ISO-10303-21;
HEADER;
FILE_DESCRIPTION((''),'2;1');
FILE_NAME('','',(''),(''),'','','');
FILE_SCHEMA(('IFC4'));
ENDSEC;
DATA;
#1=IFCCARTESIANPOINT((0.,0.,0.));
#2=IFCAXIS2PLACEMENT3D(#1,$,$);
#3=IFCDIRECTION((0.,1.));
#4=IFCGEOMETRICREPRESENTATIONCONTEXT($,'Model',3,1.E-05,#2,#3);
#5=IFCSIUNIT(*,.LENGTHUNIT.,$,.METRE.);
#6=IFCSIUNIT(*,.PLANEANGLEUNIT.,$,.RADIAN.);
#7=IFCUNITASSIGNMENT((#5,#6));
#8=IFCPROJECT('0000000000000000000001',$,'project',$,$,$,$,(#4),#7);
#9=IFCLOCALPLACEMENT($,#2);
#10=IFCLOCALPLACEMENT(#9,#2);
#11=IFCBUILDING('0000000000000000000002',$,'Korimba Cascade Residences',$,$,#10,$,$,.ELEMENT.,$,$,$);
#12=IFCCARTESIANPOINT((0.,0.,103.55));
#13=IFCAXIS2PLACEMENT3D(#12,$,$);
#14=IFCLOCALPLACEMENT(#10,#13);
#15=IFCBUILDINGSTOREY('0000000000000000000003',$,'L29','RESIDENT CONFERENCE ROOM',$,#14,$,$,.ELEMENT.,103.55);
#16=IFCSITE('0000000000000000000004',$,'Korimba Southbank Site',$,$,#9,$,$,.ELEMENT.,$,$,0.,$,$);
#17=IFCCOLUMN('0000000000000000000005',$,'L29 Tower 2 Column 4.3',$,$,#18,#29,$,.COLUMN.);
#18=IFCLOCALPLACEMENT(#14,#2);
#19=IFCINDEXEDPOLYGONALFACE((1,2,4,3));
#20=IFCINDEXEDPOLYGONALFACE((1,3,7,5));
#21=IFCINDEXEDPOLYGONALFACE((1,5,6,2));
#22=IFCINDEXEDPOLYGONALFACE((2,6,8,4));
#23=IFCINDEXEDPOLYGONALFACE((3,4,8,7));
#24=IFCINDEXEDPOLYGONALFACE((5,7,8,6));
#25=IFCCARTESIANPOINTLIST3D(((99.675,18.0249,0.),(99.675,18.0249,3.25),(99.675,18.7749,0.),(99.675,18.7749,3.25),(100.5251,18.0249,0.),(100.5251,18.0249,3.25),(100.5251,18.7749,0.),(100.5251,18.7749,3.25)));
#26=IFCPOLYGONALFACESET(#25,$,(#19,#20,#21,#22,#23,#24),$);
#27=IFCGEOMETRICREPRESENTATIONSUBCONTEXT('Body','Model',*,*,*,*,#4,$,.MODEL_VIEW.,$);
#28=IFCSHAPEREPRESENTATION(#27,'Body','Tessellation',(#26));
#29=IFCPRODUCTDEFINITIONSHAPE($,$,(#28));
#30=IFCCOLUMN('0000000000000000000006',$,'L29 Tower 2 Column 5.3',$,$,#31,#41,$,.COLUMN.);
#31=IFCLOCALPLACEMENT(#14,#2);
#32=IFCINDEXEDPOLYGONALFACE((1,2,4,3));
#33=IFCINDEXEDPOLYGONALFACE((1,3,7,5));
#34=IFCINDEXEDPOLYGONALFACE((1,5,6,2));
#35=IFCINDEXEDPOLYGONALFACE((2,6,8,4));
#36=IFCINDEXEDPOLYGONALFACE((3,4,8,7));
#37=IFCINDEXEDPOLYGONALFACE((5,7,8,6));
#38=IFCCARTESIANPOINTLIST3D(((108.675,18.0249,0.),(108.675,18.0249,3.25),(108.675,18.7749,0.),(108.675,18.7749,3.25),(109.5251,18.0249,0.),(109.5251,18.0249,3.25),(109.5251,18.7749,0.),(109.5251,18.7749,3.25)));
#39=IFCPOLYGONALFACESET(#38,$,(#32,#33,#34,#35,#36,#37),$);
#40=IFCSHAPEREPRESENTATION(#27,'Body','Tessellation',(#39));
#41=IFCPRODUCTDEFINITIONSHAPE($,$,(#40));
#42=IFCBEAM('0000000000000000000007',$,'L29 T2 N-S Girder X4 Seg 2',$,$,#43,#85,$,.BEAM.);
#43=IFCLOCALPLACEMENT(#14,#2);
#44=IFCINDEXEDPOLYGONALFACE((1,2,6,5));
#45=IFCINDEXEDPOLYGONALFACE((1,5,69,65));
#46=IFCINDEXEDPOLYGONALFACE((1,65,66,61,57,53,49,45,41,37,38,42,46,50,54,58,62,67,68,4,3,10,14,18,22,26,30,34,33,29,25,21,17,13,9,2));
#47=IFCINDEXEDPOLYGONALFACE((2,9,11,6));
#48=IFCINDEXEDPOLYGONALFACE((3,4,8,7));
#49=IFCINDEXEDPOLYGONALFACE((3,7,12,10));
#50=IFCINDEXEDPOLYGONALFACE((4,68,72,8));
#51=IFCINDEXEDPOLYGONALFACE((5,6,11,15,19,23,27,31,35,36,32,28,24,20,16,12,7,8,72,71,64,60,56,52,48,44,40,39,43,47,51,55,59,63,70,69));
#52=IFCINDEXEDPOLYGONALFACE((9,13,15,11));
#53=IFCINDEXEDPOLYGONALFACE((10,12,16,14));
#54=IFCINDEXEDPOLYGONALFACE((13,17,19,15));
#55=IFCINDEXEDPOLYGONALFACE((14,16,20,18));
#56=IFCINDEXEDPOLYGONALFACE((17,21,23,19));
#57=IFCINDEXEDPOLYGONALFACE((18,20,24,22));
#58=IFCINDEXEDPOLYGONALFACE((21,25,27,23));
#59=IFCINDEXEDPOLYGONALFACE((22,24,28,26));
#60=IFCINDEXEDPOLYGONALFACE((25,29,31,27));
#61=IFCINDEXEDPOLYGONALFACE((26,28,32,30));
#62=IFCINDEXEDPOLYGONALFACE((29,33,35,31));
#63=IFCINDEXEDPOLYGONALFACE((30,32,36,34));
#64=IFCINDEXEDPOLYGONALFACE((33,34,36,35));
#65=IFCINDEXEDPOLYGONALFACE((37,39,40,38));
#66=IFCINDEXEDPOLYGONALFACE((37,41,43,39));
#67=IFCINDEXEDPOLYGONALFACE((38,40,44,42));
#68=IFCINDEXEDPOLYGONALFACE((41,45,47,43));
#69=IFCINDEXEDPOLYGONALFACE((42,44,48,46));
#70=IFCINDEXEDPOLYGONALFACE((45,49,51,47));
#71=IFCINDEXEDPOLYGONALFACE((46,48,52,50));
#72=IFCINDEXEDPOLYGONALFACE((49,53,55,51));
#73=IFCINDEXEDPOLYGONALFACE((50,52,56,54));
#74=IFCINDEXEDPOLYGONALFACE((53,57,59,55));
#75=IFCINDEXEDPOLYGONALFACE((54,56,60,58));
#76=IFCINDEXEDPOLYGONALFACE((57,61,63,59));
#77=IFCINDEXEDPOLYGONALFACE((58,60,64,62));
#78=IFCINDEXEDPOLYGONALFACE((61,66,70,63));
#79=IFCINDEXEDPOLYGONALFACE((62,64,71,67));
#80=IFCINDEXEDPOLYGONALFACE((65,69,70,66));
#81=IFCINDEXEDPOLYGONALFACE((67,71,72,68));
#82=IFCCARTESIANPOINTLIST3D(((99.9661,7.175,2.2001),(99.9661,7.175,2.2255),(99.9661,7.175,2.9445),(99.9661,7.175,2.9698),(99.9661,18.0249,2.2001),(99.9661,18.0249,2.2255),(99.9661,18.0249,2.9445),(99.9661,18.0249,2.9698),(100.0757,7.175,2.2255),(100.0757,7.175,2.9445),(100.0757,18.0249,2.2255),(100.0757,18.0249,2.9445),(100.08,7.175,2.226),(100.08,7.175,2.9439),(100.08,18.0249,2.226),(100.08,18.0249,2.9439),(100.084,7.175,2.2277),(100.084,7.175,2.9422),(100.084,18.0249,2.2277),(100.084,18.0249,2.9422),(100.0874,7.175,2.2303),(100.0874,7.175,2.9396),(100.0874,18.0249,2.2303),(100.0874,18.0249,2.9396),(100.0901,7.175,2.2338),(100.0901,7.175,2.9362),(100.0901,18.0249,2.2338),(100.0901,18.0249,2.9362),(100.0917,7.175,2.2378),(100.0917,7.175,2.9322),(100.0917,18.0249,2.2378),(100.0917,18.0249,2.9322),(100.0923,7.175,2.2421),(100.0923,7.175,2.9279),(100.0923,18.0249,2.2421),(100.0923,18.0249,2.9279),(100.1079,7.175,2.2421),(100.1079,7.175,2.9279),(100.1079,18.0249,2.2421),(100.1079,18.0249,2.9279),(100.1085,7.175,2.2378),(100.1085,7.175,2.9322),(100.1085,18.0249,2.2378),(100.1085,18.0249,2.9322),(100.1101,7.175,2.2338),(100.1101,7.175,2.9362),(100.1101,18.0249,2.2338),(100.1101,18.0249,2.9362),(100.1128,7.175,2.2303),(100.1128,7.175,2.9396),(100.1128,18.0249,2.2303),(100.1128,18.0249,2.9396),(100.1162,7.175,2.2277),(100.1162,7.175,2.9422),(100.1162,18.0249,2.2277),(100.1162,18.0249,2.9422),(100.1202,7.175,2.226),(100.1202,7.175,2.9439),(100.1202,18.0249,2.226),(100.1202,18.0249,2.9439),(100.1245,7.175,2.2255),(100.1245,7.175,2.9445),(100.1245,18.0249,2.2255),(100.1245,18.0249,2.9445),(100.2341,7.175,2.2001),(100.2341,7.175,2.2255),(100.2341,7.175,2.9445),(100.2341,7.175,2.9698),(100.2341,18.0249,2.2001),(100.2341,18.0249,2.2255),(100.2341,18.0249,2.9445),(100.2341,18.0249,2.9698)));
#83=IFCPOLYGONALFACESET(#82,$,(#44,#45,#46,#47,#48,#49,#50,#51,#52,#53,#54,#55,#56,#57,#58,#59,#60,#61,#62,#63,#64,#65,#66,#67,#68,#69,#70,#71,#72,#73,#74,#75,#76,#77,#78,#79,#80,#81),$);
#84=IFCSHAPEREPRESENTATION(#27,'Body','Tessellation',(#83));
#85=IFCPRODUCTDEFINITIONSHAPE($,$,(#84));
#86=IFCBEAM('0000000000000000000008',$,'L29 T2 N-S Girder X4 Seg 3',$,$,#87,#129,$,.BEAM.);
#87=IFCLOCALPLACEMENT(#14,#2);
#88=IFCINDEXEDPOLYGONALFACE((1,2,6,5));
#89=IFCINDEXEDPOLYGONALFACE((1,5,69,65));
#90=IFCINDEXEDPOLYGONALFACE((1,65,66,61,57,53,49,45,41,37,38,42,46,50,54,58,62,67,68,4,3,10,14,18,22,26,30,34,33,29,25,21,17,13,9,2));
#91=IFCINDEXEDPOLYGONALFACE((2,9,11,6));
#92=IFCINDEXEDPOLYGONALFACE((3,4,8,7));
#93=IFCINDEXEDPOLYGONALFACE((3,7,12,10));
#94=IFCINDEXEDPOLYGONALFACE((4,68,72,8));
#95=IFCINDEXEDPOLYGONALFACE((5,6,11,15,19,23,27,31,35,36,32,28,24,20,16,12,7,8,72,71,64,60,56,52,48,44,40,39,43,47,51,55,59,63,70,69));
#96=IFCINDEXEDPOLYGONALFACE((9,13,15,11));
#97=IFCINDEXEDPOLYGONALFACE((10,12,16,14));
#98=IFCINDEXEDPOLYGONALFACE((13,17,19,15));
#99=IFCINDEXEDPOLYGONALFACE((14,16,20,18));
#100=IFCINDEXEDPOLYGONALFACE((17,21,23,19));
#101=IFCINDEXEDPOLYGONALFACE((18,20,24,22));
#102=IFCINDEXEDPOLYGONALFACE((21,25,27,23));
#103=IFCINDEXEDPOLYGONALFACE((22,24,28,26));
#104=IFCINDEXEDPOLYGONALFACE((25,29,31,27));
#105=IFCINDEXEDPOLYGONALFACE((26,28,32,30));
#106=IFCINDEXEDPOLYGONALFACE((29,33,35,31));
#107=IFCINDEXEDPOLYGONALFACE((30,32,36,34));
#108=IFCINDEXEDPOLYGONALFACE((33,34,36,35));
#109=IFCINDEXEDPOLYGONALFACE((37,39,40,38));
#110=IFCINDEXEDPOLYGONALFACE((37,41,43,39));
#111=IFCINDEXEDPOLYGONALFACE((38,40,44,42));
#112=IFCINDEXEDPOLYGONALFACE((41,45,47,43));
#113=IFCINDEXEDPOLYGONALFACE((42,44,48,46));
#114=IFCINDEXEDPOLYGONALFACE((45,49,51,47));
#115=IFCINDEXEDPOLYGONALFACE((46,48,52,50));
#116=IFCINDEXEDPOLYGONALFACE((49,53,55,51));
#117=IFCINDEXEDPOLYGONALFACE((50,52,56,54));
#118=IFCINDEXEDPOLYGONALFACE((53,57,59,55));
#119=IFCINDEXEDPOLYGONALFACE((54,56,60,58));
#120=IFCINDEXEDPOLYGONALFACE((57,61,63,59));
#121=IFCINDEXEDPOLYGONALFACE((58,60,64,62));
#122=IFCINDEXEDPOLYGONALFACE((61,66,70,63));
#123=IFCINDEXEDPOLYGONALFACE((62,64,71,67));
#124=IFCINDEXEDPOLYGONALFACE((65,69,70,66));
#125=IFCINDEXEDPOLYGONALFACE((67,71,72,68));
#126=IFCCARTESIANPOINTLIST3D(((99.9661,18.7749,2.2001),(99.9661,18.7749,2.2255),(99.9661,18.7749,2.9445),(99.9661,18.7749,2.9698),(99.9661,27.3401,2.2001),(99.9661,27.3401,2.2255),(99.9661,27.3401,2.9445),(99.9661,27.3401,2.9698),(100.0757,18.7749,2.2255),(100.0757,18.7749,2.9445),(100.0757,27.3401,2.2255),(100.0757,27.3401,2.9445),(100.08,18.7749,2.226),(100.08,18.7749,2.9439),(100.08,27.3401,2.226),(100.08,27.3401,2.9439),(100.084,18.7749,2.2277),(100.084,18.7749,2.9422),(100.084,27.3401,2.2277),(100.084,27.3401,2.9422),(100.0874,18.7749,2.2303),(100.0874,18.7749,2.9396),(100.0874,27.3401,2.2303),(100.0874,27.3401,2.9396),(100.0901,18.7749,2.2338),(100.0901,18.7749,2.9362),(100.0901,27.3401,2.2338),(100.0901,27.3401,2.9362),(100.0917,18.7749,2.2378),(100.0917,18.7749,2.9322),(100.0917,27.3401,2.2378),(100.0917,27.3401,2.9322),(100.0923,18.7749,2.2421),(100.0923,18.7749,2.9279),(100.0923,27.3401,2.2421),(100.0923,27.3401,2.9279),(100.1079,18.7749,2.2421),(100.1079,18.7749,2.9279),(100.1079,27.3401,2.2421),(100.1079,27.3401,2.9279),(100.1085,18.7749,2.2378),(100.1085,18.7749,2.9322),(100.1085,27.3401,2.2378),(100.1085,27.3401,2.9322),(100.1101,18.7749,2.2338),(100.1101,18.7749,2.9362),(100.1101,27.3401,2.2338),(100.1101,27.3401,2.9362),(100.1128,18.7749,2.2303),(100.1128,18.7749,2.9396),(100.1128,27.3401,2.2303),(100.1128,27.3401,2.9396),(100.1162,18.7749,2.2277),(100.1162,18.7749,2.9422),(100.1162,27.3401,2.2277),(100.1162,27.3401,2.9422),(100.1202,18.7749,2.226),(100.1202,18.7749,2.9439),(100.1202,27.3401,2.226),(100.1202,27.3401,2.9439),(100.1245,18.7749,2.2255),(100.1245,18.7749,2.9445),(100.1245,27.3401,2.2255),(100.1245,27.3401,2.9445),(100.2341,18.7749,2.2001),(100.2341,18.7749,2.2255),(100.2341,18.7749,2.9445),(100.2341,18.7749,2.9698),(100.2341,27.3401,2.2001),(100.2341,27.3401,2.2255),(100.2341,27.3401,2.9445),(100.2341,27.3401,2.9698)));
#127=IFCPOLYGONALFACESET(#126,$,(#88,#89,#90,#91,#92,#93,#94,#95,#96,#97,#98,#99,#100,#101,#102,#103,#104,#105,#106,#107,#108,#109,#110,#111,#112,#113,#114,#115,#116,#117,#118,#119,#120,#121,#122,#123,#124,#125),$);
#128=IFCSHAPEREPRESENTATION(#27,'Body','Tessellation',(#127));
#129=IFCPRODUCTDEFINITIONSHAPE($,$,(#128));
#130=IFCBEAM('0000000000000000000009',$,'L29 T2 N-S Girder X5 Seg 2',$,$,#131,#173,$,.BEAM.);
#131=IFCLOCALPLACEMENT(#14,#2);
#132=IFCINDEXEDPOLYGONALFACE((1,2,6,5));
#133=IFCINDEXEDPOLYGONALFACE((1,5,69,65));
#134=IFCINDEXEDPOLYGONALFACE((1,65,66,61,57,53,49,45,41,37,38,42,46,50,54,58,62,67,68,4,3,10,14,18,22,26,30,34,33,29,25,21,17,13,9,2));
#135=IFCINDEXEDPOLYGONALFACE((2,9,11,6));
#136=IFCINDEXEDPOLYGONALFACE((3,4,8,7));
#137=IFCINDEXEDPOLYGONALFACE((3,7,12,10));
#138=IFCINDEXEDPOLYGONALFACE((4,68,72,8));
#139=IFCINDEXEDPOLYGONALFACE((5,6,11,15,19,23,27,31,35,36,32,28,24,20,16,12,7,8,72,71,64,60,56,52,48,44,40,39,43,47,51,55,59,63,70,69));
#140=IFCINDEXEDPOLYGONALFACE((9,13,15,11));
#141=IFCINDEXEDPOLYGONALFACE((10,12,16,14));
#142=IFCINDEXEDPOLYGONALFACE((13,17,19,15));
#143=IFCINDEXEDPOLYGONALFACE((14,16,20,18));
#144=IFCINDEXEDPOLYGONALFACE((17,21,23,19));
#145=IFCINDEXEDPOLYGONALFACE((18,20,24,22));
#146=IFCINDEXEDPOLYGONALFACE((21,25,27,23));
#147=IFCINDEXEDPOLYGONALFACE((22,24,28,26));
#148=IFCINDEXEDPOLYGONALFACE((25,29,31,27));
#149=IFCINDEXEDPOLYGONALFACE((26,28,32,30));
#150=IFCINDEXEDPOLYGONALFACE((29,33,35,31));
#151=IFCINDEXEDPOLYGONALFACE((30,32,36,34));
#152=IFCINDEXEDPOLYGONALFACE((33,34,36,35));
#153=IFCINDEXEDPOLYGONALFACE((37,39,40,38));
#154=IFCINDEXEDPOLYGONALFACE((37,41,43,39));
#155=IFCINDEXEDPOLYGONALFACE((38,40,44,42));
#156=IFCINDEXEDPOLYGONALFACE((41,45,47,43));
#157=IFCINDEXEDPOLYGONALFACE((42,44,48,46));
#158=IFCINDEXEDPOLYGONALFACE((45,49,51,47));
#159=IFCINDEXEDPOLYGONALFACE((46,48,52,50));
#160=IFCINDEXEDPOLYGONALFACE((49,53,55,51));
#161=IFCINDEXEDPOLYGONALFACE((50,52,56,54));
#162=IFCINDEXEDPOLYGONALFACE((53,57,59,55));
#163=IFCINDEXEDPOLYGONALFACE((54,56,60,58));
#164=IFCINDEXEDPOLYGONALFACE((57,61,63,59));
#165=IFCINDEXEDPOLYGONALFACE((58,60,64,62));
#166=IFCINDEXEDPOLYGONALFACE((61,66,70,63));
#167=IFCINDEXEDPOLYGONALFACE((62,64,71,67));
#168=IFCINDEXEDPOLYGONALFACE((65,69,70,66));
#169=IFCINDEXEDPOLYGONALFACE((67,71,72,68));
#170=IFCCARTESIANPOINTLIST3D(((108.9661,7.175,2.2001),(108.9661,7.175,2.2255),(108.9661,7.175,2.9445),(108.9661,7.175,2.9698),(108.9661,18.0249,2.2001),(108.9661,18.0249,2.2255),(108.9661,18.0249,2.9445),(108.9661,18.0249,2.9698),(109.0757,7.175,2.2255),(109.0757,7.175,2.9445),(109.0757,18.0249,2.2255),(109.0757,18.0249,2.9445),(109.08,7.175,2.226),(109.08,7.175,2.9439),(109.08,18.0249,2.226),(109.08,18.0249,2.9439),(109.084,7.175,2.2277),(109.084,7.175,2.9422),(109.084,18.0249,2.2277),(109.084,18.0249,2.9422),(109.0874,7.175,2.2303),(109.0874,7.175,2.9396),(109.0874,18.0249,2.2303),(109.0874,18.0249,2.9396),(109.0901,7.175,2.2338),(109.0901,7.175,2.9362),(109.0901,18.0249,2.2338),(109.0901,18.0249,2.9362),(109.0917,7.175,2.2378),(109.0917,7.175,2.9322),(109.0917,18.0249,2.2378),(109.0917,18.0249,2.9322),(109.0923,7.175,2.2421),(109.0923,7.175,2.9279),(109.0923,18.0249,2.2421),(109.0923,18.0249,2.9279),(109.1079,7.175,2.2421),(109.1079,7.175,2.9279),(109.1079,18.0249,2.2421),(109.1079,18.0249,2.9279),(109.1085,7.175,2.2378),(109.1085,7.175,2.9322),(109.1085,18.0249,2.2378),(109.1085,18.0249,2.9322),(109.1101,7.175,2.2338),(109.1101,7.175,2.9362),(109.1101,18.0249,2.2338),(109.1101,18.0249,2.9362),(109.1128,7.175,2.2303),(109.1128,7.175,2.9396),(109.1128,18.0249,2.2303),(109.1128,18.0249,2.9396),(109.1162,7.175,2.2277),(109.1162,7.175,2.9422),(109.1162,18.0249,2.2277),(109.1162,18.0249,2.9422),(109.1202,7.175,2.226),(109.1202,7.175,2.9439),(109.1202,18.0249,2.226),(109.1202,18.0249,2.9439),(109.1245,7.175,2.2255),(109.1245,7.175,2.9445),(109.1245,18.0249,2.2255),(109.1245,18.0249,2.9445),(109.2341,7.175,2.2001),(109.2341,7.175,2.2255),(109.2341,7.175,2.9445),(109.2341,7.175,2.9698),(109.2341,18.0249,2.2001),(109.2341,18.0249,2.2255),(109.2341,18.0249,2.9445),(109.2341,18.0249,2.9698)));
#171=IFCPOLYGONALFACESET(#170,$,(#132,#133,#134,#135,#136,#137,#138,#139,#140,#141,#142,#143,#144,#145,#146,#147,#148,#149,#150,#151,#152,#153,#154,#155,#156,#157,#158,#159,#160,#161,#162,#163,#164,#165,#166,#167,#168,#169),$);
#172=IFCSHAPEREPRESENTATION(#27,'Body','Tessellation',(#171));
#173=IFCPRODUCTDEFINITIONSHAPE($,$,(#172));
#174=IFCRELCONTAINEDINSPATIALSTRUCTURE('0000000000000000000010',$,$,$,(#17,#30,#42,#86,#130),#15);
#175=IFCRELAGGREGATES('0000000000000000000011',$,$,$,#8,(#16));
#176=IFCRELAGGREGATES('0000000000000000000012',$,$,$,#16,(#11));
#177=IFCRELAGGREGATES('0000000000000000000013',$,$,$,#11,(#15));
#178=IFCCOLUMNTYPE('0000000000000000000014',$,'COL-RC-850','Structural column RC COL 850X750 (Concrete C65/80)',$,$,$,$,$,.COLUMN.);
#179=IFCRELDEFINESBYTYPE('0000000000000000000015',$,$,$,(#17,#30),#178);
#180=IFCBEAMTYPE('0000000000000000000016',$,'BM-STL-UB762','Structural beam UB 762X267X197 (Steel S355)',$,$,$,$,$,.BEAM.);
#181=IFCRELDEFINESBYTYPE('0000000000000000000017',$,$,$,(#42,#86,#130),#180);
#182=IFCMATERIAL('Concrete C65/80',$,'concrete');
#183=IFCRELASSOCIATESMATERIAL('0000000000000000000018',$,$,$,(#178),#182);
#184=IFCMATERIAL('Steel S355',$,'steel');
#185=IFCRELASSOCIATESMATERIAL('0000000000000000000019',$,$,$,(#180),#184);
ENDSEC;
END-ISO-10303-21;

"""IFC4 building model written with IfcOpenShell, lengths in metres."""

from ifc_helpers import new_model, si_unit, direction, frame, origin, origin_2d, place, context, subcontext, project, spatial, rectangle, i_section, extrude, material, material_profile, profile_set, type_object, element, save


model = new_model("IFC4")

# Units and contexts
model_context = context("Model", 3, precision=1e-05, world=origin(), true_north=direction((0.0, 1.0)))
body_context = subcontext(model_context, "Body", "Model", "MODEL_VIEW")
ifc_project = project(units=[si_unit("LENGTHUNIT", "METRE"), si_unit("PLANEANGLEUNIT", "RADIAN")], contexts=[model_context])

# Site, building, storey
site_placement = place(None, origin())
site = spatial("IfcSite", under=ifc_project, at=site_placement, Name="Korimba Southbank Site", CompositionType="ELEMENT", RefElevation=0.0)
building_placement = place(site_placement, origin())
building = spatial("IfcBuilding", under=site, at=building_placement, Name="Korimba Cascade Residences", CompositionType="ELEMENT")
storey_placement = place(building_placement, frame((0.0, 0.0, 103.55)))
storey = spatial("IfcBuildingStorey", under=building, at=storey_placement, Name="L29", Description="RESIDENT CONFERENCE ROOM", CompositionType="ELEMENT", Elevation=103.55)

# Columns
ifc_material_1 = material(Name="Concrete C65/80", Category="concrete")
ifc_material_profile_1 = material_profile(ifc_material_1, rectangle(XDim=0.8501, YDim=0.75, at=origin_2d()), Name="Concrete C65/80")
ifc_profile_set_1 = profile_set([ifc_material_profile_1], Name="Concrete C65/80")
column_type = type_object("IfcColumnType", Name="COL-RC-850", Description="Structural column RC COL 850X750 (Concrete C65/80)", PredefinedType="COLUMN", material=ifc_profile_set_1)
for number, where, z_axis, x_axis, name in (
    (1, (100.1001, 18.3999, 0.0), (0.0, 0.0, 1.0), (1.0, 0.0, 0.0), "L29 Tower 2 Column 4.3"),
    (2, (109.1001, 18.3999, 0.0), (0.0, 0.0, 1.0), (1.0, 0.0, 0.0), "L29 Tower 2 Column 5.3"),
):
    element("IfcColumn", number, at=place(storey_placement, frame(where, z_axis=z_axis, x_axis=x_axis)), inside=storey, type_object=column_type, Name=name, PredefinedType="COLUMN", context=body_context, shape_type="SweptSolid", body=[
        extrude(rectangle(XDim=0.8501, YDim=0.75, at=origin_2d()), origin(), (0.0, 0.0, 1.0), 3.25),
    ])

# Beams
ifc_material_2 = material(Name="Steel S355", Category="steel")
ifc_material_profile_2 = material_profile(ifc_material_2, i_section(OverallWidth=0.2681, OverallDepth=0.7698, WebThickness=0.0156, FlangeThickness=0.0254, FilletRadius=0.0166, at=origin_2d()), Name="Steel S355")
ifc_profile_set_2 = profile_set([ifc_material_profile_2], Name="Steel S355")
beam_type = type_object("IfcBeamType", Name="BM-STL-UB762", Description="Structural beam UB 762X267X197 (Steel S355)", PredefinedType="BEAM", material=ifc_profile_set_2)
beam_1_placement = place(storey_placement, frame((100.1001, 7.175, 2.585), z_axis=(0.0, 1.0, 0.0), x_axis=(-1.0, 0.0, 0.0)))
element("IfcBeam", 3, at=beam_1_placement, inside=storey, type_object=beam_type, Name="L29 T2 N-S Girder X4 Seg 2", PredefinedType="BEAM", context=body_context, shape_type="SweptSolid", body=[
    extrude(i_section(OverallWidth=0.2681, OverallDepth=0.7698, WebThickness=0.0156, FlangeThickness=0.0254, FilletRadius=0.0166, at=origin_2d()), origin(), (0.0, 0.0, 1.0), 10.8499),
])
beam_2_placement = place(storey_placement, frame((100.1001, 18.7749, 2.585), z_axis=(0.0, 1.0, 0.0), x_axis=(-1.0, 0.0, 0.0)))
element("IfcBeam", 4, at=beam_2_placement, inside=storey, type_object=beam_type, Name="L29 T2 N-S Girder X4 Seg 3", PredefinedType="BEAM", context=body_context, shape_type="SweptSolid", body=[
    extrude(i_section(OverallWidth=0.2681, OverallDepth=0.7698, WebThickness=0.0156, FlangeThickness=0.0254, FilletRadius=0.0166, at=origin_2d()), origin(), (0.0, 0.0, 1.0), 8.5652),
])
beam_3_placement = place(storey_placement, frame((109.1001, 7.175, 2.585), z_axis=(0.0, 1.0, 0.0), x_axis=(-1.0, 0.0, 0.0)))
element("IfcBeam", 5, at=beam_3_placement, inside=storey, type_object=beam_type, Name="L29 T2 N-S Girder X5 Seg 2", PredefinedType="BEAM", context=body_context, shape_type="SweptSolid", body=[
    extrude(i_section(OverallWidth=0.2681, OverallDepth=0.7698, WebThickness=0.0156, FlangeThickness=0.0254, FilletRadius=0.0166, at=origin_2d()), origin(), (0.0, 0.0, 1.0), 10.8499),
])

save(model, "model.ifc")
